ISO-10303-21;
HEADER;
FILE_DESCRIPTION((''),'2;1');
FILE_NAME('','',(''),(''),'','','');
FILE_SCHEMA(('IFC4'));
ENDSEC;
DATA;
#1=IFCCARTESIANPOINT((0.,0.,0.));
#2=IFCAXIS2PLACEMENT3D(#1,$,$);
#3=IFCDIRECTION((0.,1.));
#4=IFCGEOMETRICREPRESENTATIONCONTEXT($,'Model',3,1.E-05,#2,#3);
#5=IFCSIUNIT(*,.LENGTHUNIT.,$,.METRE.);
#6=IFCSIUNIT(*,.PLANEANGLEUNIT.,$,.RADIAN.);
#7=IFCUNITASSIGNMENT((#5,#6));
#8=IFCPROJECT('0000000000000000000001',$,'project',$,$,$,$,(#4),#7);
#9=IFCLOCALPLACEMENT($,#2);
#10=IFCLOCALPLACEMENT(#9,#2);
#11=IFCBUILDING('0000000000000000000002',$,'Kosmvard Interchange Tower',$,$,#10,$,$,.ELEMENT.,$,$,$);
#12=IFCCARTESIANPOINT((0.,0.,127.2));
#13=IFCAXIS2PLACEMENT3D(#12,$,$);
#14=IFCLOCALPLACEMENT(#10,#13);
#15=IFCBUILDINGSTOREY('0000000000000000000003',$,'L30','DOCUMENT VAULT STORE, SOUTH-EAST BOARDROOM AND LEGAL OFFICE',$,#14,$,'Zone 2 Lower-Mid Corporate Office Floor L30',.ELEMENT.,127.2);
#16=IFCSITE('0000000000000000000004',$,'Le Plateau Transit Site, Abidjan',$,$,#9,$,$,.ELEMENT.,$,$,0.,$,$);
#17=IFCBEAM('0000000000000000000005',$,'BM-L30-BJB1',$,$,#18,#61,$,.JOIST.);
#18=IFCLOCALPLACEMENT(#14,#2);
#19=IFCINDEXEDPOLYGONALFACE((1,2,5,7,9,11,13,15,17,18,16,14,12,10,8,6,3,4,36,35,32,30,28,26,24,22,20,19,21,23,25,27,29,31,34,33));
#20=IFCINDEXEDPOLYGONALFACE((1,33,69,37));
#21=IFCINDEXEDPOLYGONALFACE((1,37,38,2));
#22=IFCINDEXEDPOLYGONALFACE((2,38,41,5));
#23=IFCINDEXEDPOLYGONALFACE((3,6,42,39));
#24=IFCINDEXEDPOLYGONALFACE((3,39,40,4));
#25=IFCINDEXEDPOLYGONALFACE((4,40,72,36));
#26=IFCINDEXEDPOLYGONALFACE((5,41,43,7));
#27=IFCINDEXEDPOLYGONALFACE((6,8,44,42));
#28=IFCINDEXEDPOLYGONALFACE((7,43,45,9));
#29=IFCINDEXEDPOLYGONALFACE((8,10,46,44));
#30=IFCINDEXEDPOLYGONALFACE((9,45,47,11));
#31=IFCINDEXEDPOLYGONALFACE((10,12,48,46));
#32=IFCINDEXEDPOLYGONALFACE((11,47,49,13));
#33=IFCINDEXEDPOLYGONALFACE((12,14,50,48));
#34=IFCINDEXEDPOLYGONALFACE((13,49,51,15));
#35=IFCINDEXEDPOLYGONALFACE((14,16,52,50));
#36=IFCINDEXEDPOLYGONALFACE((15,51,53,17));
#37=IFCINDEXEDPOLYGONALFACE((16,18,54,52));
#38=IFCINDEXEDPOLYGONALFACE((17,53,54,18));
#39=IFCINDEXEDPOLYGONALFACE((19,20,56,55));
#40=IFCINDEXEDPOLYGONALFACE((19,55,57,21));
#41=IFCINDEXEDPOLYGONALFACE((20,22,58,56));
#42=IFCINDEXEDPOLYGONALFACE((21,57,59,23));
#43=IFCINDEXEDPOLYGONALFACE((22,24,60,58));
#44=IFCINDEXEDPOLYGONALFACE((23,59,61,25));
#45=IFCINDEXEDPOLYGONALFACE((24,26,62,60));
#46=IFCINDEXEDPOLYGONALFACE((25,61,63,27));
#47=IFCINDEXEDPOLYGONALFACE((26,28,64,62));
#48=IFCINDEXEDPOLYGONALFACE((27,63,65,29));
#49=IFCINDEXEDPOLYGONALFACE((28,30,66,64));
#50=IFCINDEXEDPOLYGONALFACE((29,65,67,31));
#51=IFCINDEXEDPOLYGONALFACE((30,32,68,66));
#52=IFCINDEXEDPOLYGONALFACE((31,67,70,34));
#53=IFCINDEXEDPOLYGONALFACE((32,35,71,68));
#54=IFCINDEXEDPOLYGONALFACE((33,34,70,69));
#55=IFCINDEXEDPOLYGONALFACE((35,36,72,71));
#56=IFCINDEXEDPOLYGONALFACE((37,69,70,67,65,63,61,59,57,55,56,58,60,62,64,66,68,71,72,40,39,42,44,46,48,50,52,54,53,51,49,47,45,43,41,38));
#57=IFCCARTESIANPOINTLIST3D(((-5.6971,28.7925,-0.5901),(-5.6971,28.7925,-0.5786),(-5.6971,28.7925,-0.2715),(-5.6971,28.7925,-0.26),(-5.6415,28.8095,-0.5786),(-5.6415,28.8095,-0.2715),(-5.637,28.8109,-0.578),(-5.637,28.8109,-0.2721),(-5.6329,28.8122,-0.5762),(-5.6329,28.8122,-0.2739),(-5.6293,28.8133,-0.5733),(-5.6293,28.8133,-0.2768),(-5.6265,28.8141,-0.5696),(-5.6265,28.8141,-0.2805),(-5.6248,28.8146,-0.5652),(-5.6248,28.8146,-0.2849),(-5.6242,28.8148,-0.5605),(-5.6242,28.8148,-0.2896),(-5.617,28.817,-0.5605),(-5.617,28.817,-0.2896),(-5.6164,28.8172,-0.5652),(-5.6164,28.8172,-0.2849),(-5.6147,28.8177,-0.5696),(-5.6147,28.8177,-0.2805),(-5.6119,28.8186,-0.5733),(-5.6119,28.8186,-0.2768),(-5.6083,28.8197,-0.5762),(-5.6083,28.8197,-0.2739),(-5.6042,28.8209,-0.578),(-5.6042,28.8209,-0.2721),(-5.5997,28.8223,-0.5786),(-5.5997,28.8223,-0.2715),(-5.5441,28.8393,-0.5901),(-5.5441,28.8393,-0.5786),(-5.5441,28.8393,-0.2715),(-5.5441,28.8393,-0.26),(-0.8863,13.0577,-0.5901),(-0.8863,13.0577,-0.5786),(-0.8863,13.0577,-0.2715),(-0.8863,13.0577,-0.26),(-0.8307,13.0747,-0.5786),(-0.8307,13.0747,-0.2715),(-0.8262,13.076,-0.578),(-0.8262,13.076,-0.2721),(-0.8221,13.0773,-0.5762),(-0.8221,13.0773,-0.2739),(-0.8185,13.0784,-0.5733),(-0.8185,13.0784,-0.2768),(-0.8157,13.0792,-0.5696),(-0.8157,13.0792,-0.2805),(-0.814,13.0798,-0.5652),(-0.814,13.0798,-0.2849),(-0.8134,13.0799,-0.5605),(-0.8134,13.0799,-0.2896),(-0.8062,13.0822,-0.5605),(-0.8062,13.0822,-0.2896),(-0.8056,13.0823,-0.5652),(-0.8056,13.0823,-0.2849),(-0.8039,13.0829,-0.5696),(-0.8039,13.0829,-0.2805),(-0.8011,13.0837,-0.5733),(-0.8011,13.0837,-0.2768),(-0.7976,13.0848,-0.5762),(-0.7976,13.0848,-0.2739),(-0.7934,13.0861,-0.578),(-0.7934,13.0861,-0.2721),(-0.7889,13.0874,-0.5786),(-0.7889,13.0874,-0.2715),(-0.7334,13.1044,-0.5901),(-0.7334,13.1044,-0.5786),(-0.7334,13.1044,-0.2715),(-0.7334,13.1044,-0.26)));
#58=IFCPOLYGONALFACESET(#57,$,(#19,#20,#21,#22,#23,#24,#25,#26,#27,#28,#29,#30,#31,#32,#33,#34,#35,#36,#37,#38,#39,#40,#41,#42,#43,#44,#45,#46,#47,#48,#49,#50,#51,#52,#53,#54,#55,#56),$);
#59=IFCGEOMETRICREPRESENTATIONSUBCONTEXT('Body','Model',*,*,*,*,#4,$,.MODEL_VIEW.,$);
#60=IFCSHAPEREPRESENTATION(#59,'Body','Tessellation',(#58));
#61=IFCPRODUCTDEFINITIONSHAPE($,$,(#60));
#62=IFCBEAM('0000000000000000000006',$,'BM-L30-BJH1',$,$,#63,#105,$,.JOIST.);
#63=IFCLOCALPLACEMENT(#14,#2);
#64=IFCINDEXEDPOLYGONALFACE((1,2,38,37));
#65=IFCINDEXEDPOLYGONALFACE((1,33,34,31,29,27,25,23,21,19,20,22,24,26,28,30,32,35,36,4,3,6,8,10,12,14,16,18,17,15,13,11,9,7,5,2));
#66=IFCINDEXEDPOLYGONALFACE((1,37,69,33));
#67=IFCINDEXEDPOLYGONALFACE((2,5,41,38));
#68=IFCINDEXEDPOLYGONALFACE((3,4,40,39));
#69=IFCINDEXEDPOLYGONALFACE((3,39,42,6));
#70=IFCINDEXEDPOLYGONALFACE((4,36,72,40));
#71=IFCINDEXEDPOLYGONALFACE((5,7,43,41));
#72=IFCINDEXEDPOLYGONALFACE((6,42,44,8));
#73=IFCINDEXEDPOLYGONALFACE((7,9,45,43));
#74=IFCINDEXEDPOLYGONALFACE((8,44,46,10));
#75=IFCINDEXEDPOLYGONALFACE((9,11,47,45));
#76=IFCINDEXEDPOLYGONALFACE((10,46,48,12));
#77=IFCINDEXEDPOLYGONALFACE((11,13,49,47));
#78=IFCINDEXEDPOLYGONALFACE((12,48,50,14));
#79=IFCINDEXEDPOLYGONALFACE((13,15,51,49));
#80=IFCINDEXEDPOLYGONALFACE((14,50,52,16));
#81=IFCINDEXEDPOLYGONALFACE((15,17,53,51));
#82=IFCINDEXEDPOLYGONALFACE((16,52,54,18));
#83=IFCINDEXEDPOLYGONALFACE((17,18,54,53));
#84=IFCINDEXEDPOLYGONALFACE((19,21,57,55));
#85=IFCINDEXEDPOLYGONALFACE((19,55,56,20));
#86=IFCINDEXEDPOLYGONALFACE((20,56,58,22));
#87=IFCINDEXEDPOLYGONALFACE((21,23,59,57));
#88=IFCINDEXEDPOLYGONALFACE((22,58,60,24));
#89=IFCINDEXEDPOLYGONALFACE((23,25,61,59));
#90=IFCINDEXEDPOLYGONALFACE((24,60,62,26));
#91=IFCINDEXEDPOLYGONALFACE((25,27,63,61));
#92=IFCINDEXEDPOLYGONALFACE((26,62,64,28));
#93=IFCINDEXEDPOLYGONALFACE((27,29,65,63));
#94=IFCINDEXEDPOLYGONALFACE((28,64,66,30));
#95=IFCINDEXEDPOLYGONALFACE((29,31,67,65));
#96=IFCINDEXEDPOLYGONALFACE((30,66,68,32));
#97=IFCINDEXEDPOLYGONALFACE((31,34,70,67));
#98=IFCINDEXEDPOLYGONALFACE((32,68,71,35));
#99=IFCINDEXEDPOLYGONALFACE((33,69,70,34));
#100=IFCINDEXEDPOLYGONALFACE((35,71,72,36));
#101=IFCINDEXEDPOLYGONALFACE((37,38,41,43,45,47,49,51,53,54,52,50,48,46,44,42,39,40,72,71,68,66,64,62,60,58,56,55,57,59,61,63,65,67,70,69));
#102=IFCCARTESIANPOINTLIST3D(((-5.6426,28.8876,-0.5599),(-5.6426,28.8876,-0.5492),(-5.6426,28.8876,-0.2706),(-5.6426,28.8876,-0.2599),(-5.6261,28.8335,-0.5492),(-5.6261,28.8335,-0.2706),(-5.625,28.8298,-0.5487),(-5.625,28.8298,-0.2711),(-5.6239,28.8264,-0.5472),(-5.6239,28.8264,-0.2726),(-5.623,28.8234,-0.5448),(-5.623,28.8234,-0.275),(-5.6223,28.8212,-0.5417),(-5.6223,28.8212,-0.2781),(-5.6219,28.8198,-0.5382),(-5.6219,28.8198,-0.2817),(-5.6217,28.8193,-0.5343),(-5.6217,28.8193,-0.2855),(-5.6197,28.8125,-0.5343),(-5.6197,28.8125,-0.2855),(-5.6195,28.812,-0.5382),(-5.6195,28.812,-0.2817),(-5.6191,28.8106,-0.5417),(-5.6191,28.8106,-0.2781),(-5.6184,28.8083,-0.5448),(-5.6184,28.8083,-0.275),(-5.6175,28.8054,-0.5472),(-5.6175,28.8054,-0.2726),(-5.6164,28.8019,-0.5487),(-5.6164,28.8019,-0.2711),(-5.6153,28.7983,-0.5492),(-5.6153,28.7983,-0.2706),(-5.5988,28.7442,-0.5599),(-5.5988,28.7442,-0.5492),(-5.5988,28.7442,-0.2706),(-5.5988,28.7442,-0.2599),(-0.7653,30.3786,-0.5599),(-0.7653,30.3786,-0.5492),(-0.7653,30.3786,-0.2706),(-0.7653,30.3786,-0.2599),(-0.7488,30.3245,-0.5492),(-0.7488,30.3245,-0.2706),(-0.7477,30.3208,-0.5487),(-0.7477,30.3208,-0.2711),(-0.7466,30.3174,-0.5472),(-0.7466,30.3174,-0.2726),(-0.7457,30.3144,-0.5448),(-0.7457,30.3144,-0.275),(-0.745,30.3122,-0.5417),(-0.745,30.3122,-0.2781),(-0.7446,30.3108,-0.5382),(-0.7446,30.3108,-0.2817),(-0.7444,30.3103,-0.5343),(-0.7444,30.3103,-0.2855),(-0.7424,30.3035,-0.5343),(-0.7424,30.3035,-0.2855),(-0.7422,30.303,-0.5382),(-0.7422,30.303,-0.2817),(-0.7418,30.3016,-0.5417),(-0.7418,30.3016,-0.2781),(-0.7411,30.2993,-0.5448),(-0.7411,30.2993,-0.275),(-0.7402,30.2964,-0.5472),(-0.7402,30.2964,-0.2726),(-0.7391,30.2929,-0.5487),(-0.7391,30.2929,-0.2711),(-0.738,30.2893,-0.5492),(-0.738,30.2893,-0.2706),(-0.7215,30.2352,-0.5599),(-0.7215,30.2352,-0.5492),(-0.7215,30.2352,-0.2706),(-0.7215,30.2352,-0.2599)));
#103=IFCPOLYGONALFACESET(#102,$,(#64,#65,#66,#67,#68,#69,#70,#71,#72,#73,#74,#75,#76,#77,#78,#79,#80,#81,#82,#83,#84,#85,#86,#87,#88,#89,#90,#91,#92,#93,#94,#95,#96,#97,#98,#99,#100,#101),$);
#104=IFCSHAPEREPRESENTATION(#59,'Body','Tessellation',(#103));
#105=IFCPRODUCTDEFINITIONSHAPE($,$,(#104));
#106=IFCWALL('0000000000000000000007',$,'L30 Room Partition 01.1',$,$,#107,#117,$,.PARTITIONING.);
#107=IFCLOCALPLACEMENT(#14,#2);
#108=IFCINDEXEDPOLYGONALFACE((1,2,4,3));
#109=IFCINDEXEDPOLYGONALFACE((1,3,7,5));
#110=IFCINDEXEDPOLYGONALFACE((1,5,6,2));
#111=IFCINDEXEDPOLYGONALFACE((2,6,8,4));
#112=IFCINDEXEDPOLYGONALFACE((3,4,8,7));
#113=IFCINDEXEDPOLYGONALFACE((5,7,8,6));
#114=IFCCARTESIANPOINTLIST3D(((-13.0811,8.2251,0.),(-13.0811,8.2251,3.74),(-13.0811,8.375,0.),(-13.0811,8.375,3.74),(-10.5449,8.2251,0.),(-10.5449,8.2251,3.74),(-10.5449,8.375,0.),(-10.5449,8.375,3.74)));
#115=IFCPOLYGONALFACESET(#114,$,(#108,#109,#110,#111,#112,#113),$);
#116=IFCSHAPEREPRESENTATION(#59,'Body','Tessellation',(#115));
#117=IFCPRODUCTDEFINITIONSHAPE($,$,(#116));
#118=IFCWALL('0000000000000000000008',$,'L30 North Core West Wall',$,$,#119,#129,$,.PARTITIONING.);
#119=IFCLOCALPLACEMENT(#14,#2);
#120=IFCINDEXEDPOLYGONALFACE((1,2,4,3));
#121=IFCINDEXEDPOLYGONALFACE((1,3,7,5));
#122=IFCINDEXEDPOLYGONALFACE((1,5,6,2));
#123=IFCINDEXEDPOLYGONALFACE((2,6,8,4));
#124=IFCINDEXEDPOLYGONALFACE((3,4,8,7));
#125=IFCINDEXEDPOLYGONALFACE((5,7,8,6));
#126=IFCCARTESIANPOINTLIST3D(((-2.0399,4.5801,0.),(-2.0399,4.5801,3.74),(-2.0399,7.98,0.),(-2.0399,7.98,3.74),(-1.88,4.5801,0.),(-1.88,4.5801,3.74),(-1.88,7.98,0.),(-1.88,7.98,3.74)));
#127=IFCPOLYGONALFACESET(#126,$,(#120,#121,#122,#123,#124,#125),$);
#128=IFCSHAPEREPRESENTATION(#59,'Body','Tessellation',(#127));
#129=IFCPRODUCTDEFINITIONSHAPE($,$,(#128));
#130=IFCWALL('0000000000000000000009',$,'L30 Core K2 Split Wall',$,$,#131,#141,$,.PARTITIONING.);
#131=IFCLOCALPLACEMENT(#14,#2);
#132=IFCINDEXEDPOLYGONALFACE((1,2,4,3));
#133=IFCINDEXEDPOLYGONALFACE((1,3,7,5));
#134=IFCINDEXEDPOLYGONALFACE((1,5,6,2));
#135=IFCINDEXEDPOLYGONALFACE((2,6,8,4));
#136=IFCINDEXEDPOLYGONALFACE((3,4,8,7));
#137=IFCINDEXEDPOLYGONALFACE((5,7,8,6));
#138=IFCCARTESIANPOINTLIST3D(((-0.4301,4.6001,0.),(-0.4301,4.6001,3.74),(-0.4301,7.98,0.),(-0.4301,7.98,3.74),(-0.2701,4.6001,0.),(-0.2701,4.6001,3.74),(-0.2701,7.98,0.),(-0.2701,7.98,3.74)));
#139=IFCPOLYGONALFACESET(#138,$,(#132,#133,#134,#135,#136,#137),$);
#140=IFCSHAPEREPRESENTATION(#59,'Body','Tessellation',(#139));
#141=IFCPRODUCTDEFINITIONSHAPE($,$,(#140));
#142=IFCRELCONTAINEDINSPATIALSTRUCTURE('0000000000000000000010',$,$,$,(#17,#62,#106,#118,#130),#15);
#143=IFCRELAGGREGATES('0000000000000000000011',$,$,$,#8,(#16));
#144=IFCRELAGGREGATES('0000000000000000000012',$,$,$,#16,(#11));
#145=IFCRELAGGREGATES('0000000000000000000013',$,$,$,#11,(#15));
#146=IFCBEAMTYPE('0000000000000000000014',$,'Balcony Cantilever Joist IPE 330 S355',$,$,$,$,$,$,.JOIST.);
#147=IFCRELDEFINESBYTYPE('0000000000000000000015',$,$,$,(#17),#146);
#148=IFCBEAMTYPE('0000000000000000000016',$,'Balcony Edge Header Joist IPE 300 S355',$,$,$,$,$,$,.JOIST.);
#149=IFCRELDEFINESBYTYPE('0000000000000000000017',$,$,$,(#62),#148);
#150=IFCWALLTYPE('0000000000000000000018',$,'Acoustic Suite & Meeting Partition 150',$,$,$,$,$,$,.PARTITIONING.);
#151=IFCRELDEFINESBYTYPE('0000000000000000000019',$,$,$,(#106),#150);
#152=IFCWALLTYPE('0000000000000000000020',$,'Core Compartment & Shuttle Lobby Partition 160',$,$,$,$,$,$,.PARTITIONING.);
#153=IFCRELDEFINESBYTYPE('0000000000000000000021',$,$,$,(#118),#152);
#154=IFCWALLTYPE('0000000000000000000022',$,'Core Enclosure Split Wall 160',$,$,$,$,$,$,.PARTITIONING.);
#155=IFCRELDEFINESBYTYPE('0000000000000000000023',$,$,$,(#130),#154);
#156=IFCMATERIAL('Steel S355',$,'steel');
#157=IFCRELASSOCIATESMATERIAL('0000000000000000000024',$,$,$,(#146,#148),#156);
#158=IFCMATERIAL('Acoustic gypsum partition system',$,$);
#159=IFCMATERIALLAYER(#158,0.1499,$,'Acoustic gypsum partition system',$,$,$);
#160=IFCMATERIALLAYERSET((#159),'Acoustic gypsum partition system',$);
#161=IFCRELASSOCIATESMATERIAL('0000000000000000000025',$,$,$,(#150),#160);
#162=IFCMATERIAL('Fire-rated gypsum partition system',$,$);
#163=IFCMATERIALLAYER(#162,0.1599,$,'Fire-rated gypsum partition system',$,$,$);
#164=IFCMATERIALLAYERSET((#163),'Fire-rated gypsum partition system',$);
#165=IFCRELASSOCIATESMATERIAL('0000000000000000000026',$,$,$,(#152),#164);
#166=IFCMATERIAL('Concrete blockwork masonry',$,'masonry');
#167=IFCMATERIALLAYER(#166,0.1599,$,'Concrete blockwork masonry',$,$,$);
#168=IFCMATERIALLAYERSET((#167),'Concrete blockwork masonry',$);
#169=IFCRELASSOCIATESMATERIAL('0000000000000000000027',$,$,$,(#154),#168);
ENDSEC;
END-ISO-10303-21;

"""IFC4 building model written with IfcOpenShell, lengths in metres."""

from ifc_helpers import new_model, si_unit, direction, frame, frame_2d, origin, origin_2d, place, context, subcontext, project, spatial, rectangle, i_section, extrude, source, transform, mapped, material, layer, layer_set, material_profile, profile_set, type_object, element, save


model = new_model("IFC4")

# Units and contexts
model_context = context("Model", 3, precision=1e-05, world=origin(), true_north=direction((0.0, 1.0)))
body_context = subcontext(model_context, "Body", "Model", "MODEL_VIEW")
ifc_project = project(units=[si_unit("LENGTHUNIT", "METRE"), si_unit("PLANEANGLEUNIT", "RADIAN")], contexts=[model_context])

# Site, building, storey
site_placement = place(None, origin())
site = spatial("IfcSite", under=ifc_project, at=site_placement, Name="Le Plateau Transit Site, Abidjan", CompositionType="ELEMENT", RefElevation=0.0)
building_placement = place(site_placement, origin())
building = spatial("IfcBuilding", under=site, at=building_placement, Name="Kosmvard Interchange Tower", CompositionType="ELEMENT")
storey_placement = place(building_placement, frame((0.0, 0.0, 127.2)))
storey = spatial("IfcBuildingStorey", under=building, at=storey_placement, Name="L30", Description="DOCUMENT VAULT STORE, SOUTH-EAST BOARDROOM AND LEGAL OFFICE", LongName="Zone 2 Lower-Mid Corporate Office Floor L30", CompositionType="ELEMENT", Elevation=127.2)

# Beams
ifc_material_1 = material(Name="Steel S355", Category="steel")
ifc_material_profile_1 = material_profile(ifc_material_1, i_section(OverallWidth=0.1599, OverallDepth=0.3301, WebThickness=0.0076, FlangeThickness=0.0115, FilletRadius=0.0181, at=origin_2d()), Name="IPE 330")
ifc_profile_set_1 = profile_set([ifc_material_profile_1], Name="Steel S355")
beam_type_1 = type_object("IfcBeamType", Name="Balcony Cantilever Joist IPE 330 S355", PredefinedType="JOIST", material=ifc_profile_set_1)
shared_shape_1 = source(origin(), body_context, "Body", "SweptSolid", [
    extrude(i_section(OverallWidth=0.1599, OverallDepth=0.3301, WebThickness=0.0076, FlangeThickness=0.0115, FilletRadius=0.0181, at=origin_2d()), origin(), (0.0, 0.0, 1.0), 16.4539),
])
beam_1_placement = place(storey_placement, frame((-0.8098, 13.0811, -0.425), z_axis=(-0.292381, 0.956302, 0.0), x_axis=(-0.956302, -0.292381, 0.0)))
element("IfcBeam", 1, at=beam_1_placement, inside=storey, type_object=beam_type_1, Name="BM-L30-BJB1", PredefinedType="JOIST", context=body_context, shape_type="MappedRepresentation", body=[
    mapped(shared_shape_1, transform((0.0, 0.0, 0.0), scale=1.0)),
])
ifc_material_profile_2 = material_profile(ifc_material_1, i_section(OverallWidth=0.1499, OverallDepth=0.3, WebThickness=0.0071, FlangeThickness=0.0107, FilletRadius=0.0149, at=origin_2d()), Name="IPE 300")
ifc_profile_set_2 = profile_set([ifc_material_profile_2], Name="Steel S355")
beam_type_2 = type_object("IfcBeamType", Name="Balcony Edge Header Joist IPE 300 S355", PredefinedType="JOIST", material=ifc_profile_set_2)
shared_shape_2 = source(origin(), body_context, "Body", "SweptSolid", [
    extrude(i_section(OverallWidth=0.1499, OverallDepth=0.3, WebThickness=0.0071, FlangeThickness=0.0107, FilletRadius=0.0149, at=origin_2d()), origin(), (0.0, 0.0, 1.0), 5.1001),
])
beam_2_placement = place(storey_placement, frame((-0.7434, 30.3069, -0.4099), z_axis=(-0.956313, -0.292346, 0.0), x_axis=(0.292346, -0.956313, 0.0)))
element("IfcBeam", 2, at=beam_2_placement, inside=storey, type_object=beam_type_2, Name="BM-L30-BJH1", PredefinedType="JOIST", context=body_context, shape_type="MappedRepresentation", body=[
    mapped(shared_shape_2, transform((0.0, 0.0, 0.0), scale=1.0)),
])

# Walls
ifc_material_2 = material(Name="Acoustic gypsum partition system")
ifc_layer_1 = layer(ifc_material_2, 0.1499, Name="Acoustic gypsum partition system")
ifc_layer_set_1 = layer_set([ifc_layer_1], Name="Acoustic gypsum partition system")
wall_type_1 = type_object("IfcWallType", Name="Acoustic Suite & Meeting Partition 150", PredefinedType="PARTITIONING", material=ifc_layer_set_1)
wall_1_placement = place(storey_placement, frame((-10.5449, 8.3, 0.0), z_axis=(0.0, 0.0, 1.0), x_axis=(-1.0, 0.0, 0.0)))
element("IfcWall", 3, at=wall_1_placement, inside=storey, type_object=wall_type_1, Name="L30 Room Partition 01.1", PredefinedType="PARTITIONING", context=body_context, shape_type="SweptSolid", body=[
    extrude(rectangle(XDim=2.5361, YDim=0.1499, at=frame_2d((1.2681, 0.0))), origin(), (0.0, 0.0, 1.0), 3.74),
])
ifc_material_3 = material(Name="Fire-rated gypsum partition system")
ifc_layer_2 = layer(ifc_material_3, 0.1599, Name="Fire-rated gypsum partition system")
ifc_layer_set_2 = layer_set([ifc_layer_2], Name="Fire-rated gypsum partition system")
wall_type_2 = type_object("IfcWallType", Name="Core Compartment & Shuttle Lobby Partition 160", PredefinedType="PARTITIONING", material=ifc_layer_set_2)
wall_2_placement = place(storey_placement, frame((-1.96, 4.5801, 0.0), z_axis=(0.0, 0.0, 1.0), x_axis=(0.0, 1.0, 0.0)))
element("IfcWall", 4, at=wall_2_placement, inside=storey, type_object=wall_type_2, Name="L30 North Core West Wall", PredefinedType="PARTITIONING", context=body_context, shape_type="SweptSolid", body=[
    extrude(rectangle(XDim=3.3999, YDim=0.1599, at=frame_2d((1.7, 0.0))), origin(), (0.0, 0.0, 1.0), 3.74),
])
ifc_material_4 = material(Name="Concrete blockwork masonry", Category="masonry")
ifc_layer_3 = layer(ifc_material_4, 0.1599, Name="Concrete blockwork masonry")
ifc_layer_set_3 = layer_set([ifc_layer_3], Name="Concrete blockwork masonry")
wall_type_3 = type_object("IfcWallType", Name="Core Enclosure Split Wall 160", PredefinedType="PARTITIONING", material=ifc_layer_set_3)
wall_3_placement = place(storey_placement, frame((-0.3501, 4.6001, 0.0), z_axis=(0.0, 0.0, 1.0), x_axis=(0.0, 1.0, 0.0)))
element("IfcWall", 5, at=wall_3_placement, inside=storey, type_object=wall_type_3, Name="L30 Core K2 Split Wall", PredefinedType="PARTITIONING", context=body_context, shape_type="SweptSolid", body=[
    extrude(rectangle(XDim=3.3799, YDim=0.1599, at=frame_2d((1.6899, 0.0))), origin(), (0.0, 0.0, 1.0), 3.74),
])

save(model, "model.ifc")
